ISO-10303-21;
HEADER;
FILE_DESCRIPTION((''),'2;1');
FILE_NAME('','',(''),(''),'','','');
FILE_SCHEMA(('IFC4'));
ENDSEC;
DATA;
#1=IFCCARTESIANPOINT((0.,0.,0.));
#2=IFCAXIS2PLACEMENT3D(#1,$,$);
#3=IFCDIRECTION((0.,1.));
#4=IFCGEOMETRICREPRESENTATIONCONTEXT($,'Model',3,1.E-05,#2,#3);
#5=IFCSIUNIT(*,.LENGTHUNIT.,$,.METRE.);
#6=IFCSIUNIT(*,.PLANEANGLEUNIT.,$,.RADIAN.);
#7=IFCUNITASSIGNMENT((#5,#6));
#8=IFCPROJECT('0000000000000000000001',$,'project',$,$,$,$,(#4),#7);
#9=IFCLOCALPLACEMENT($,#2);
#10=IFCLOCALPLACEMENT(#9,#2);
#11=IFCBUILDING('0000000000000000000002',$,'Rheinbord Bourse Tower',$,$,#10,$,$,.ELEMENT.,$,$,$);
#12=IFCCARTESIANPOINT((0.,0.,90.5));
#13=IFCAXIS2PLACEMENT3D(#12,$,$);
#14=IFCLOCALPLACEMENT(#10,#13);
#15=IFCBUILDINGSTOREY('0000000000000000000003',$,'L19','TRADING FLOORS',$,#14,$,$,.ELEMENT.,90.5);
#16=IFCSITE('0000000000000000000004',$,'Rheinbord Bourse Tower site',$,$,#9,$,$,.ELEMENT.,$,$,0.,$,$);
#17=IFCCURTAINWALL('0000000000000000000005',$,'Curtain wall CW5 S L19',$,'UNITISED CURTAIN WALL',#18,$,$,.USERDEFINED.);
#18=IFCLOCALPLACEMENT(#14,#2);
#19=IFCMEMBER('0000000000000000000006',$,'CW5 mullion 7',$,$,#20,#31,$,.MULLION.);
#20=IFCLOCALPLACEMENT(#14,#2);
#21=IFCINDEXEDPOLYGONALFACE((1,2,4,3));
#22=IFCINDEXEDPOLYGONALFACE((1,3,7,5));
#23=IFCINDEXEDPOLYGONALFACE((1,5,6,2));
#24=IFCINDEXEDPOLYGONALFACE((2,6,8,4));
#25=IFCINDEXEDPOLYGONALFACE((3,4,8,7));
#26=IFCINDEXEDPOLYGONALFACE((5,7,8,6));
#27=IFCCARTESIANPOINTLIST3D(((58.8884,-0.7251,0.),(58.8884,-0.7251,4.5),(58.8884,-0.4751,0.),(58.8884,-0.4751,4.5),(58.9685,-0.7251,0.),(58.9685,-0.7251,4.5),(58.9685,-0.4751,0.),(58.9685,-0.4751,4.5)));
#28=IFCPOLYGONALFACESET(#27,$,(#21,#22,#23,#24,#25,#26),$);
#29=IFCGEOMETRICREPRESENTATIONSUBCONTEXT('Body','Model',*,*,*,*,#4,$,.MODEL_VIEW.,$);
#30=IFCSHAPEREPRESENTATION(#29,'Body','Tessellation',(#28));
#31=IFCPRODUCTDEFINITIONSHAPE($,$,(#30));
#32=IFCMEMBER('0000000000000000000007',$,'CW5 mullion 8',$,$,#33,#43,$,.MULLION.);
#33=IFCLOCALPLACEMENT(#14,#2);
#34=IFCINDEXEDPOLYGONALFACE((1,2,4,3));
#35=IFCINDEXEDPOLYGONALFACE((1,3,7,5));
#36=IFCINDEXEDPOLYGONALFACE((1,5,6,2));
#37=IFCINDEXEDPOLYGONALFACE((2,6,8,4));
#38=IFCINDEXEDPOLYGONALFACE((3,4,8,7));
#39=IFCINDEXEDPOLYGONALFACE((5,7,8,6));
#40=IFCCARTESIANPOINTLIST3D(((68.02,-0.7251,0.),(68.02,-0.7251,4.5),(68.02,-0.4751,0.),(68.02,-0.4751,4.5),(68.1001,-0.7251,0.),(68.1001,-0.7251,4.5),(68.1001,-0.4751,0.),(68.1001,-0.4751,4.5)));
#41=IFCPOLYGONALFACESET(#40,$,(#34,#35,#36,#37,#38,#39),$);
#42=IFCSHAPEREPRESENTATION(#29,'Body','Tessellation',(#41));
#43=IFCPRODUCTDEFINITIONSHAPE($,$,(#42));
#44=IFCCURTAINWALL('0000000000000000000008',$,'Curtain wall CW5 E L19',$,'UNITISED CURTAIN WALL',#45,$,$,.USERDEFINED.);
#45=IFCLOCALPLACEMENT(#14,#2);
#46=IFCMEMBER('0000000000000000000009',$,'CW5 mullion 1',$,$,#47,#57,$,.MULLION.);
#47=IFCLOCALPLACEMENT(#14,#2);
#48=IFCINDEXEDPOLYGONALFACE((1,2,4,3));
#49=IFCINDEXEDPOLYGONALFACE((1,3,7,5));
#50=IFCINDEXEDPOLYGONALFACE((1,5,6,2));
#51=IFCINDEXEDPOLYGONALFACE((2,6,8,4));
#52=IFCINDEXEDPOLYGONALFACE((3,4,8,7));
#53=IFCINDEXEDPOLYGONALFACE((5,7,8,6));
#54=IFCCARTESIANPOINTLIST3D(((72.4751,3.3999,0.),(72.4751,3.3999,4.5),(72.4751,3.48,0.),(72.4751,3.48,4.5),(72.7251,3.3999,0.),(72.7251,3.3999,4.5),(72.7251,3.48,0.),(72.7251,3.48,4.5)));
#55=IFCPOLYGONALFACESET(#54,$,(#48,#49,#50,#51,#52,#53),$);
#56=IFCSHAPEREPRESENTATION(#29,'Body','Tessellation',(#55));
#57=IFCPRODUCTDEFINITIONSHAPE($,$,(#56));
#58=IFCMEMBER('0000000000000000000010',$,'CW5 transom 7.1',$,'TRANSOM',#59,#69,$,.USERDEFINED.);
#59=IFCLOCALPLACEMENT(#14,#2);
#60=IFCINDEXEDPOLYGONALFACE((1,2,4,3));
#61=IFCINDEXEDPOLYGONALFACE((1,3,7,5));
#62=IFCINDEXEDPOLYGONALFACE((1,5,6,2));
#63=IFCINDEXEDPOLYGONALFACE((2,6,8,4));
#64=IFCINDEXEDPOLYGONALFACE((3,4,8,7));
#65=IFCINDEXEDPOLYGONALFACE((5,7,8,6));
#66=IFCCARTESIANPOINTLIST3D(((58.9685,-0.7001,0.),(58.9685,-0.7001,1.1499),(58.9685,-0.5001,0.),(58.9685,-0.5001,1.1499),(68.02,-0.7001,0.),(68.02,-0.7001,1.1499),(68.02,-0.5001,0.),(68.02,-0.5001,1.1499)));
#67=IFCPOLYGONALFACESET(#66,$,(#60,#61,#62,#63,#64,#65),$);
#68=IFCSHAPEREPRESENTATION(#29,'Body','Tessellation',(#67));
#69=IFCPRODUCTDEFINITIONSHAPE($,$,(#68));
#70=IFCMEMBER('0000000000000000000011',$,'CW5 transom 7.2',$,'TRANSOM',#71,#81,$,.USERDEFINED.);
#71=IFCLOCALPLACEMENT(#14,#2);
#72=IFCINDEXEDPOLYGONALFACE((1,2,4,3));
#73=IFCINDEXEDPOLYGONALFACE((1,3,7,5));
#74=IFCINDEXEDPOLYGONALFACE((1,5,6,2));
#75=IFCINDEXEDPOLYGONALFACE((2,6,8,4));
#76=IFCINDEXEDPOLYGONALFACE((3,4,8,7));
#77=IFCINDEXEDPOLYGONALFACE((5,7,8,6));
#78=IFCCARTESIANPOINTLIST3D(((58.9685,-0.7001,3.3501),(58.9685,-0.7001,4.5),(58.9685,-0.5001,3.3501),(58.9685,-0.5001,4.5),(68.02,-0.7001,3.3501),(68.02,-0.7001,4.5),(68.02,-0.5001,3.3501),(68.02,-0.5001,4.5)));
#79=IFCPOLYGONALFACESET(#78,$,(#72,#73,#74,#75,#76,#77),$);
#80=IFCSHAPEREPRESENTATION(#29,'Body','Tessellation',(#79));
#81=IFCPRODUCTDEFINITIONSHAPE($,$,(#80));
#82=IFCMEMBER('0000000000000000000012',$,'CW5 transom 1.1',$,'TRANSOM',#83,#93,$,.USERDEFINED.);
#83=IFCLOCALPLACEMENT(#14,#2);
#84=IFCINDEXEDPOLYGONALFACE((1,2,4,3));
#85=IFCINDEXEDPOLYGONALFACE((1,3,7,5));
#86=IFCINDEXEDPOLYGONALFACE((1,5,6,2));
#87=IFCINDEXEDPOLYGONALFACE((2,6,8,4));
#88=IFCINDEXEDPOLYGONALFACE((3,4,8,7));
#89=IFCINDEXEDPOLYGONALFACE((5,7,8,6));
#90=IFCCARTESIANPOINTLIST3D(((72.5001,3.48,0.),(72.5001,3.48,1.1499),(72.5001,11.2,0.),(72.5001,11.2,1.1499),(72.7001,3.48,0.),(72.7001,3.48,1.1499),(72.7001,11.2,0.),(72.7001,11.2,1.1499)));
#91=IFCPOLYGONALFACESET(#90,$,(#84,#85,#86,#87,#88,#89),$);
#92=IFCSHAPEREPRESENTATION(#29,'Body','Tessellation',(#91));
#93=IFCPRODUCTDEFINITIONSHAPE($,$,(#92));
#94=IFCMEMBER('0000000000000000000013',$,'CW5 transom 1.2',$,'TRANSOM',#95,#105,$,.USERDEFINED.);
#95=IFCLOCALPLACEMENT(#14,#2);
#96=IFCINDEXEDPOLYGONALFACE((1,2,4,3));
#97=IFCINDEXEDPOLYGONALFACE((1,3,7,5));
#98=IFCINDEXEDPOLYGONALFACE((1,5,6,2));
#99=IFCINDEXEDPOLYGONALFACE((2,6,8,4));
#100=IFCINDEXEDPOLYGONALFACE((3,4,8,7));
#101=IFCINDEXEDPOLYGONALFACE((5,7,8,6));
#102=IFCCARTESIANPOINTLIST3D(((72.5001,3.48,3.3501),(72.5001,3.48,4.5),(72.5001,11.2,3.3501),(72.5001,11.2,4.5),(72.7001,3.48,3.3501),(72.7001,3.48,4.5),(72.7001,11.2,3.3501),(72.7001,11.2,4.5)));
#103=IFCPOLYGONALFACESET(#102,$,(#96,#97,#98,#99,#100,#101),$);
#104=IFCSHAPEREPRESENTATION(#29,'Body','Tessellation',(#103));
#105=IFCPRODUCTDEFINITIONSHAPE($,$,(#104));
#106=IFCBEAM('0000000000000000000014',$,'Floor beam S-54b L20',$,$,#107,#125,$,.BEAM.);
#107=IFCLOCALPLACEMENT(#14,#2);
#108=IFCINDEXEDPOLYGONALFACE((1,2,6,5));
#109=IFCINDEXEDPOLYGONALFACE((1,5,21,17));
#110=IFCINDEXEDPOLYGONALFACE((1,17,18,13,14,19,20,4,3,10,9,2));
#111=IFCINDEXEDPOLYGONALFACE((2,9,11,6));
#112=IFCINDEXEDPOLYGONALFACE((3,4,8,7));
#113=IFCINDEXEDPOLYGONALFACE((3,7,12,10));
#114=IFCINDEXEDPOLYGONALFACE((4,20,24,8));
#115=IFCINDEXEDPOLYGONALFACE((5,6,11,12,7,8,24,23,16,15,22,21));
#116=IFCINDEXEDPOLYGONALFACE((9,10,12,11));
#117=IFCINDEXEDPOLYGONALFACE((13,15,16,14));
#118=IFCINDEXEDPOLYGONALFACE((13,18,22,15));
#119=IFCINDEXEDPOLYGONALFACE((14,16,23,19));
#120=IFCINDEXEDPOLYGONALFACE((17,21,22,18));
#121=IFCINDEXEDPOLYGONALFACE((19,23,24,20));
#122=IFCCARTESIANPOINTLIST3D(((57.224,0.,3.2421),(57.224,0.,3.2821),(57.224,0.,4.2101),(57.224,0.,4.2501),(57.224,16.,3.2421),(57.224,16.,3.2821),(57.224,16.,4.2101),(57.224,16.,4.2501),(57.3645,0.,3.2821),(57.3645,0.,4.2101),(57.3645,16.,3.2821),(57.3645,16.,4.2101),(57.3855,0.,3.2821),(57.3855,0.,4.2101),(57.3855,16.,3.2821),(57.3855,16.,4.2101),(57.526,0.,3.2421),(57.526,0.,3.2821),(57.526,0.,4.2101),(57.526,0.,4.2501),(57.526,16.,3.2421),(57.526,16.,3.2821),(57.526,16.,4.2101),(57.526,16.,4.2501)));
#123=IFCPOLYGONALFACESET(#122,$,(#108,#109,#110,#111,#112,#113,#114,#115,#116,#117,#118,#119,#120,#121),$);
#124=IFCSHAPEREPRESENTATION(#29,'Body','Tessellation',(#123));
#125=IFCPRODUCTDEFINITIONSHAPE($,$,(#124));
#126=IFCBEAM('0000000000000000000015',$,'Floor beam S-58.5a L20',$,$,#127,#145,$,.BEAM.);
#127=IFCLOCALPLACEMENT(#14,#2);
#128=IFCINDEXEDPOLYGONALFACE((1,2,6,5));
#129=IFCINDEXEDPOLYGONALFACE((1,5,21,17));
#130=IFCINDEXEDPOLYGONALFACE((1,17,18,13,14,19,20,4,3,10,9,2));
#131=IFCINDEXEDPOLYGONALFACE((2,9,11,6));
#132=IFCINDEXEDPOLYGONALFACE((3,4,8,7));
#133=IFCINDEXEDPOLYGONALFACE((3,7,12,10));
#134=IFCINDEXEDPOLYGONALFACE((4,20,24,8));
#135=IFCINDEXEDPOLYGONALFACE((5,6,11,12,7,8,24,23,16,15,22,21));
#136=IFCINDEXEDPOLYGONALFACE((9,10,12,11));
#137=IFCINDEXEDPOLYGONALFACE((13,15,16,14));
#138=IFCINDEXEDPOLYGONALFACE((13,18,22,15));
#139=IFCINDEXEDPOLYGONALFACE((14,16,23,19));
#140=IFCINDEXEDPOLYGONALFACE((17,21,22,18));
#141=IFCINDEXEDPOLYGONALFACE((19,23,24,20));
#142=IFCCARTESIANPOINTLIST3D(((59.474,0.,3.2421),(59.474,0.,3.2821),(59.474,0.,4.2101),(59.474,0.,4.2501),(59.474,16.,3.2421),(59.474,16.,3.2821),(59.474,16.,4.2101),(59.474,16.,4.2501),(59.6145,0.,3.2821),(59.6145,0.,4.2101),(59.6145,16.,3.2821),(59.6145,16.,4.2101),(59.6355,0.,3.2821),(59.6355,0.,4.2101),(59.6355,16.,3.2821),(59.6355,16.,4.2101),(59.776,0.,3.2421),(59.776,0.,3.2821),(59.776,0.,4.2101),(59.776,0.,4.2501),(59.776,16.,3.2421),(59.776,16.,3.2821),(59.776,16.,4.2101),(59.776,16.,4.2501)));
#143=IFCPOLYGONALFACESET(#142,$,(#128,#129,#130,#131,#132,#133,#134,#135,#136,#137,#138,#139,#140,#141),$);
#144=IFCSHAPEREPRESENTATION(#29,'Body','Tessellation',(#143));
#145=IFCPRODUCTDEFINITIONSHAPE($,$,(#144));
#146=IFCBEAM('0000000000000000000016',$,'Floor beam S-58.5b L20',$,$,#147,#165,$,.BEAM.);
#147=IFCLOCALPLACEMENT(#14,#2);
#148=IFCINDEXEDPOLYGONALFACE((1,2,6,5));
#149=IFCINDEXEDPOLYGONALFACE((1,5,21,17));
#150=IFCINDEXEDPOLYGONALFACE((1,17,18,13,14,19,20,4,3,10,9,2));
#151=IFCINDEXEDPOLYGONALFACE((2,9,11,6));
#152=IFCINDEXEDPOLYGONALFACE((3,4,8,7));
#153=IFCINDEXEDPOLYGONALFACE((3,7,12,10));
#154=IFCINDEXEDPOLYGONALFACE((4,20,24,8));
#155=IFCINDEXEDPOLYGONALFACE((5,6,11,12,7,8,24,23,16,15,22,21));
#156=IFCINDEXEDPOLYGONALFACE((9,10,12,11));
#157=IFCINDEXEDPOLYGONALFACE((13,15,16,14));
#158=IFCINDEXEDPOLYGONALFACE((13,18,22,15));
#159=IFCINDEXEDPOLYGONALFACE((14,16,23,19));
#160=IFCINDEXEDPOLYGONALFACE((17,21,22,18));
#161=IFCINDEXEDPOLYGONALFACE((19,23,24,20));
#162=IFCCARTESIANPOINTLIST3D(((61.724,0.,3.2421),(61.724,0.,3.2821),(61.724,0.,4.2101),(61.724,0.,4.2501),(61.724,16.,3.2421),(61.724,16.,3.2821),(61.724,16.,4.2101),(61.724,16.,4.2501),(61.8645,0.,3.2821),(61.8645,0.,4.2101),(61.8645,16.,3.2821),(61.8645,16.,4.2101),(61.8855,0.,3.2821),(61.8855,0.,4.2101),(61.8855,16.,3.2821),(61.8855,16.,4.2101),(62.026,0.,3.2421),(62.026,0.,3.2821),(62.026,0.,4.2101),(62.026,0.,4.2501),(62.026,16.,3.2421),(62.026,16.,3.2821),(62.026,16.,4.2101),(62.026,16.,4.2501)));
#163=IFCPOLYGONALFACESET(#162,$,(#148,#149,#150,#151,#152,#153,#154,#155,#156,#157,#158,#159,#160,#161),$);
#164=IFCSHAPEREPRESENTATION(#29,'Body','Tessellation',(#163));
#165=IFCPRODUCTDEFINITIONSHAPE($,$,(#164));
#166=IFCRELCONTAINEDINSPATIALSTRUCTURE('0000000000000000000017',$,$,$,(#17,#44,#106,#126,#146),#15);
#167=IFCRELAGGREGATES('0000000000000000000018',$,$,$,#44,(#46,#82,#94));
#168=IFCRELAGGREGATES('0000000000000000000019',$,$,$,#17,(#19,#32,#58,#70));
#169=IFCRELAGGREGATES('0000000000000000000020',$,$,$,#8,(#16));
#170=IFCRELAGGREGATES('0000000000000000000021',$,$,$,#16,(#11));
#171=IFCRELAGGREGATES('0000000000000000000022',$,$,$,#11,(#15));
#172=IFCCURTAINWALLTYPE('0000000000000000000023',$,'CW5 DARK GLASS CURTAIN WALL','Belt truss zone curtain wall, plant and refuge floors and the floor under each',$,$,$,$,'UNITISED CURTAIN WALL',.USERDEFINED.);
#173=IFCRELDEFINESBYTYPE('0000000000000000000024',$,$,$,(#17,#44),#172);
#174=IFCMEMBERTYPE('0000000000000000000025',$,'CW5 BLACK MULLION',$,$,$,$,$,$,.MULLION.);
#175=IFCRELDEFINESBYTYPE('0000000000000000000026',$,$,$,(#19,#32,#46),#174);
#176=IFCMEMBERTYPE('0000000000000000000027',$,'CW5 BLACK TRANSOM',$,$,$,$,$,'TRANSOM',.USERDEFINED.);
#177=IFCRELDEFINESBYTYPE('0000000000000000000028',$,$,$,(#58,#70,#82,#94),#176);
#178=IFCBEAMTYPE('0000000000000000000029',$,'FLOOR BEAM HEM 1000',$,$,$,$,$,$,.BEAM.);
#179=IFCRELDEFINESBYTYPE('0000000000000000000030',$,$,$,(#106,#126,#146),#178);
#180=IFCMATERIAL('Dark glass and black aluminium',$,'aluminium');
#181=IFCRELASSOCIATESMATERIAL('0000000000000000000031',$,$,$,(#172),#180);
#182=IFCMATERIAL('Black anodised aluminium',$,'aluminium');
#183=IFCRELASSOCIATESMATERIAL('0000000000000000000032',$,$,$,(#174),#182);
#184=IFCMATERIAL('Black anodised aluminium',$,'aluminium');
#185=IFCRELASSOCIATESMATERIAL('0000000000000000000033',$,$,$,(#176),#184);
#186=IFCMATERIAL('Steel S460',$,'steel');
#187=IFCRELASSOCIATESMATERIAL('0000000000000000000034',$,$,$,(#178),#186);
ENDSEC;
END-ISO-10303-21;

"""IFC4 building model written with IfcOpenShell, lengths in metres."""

from ifc_helpers import new_model, si_unit, direction, frame, origin, origin_2d, place, context, subcontext, project, spatial, rectangle, i_section, extrude, material, material_profile, profile_set, type_object, element, aggregate, save


model = new_model("IFC4")

# Units and contexts
model_context = context("Model", 3, precision=1e-05, world=origin(), true_north=direction((0.0, 1.0)))
body_context = subcontext(model_context, "Body", "Model", "MODEL_VIEW")
ifc_project = project(units=[si_unit("LENGTHUNIT", "METRE"), si_unit("PLANEANGLEUNIT", "RADIAN")], contexts=[model_context])

# Site, building, storey
site_placement = place(None, origin())
site = spatial("IfcSite", under=ifc_project, at=site_placement, Name="Rheinbord Bourse Tower site", CompositionType="ELEMENT", RefElevation=0.0)
building_placement = place(site_placement, origin())
building = spatial("IfcBuilding", under=site, at=building_placement, Name="Rheinbord Bourse Tower", CompositionType="ELEMENT")
storey_placement = place(building_placement, frame((0.0, 0.0, 90.5)))
storey = spatial("IfcBuildingStorey", under=building, at=storey_placement, Name="L19", Description="TRADING FLOORS", CompositionType="ELEMENT", Elevation=90.5)

# Curtain wall, members
ifc_material_1 = material(Name="Dark glass and black aluminium", Category="aluminium")
curtain_wall_type = type_object("IfcCurtainWallType", Name="CW5 DARK GLASS CURTAIN WALL", Description="Belt truss zone curtain wall, plant and refuge floors and the floor under each", ElementType="UNITISED CURTAIN WALL", PredefinedType="USERDEFINED", material=ifc_material_1)
curtain_wall_1_placement = place(storey_placement, origin())
curtain_wall_1 = element("IfcCurtainWall", 1, at=curtain_wall_1_placement, inside=storey, type_object=curtain_wall_type, Name="Curtain wall CW5 S L19", ObjectType="UNITISED CURTAIN WALL", PredefinedType="USERDEFINED")
ifc_material_2 = material(Name="Black anodised aluminium", Category="aluminium")
ifc_material_profile_1 = material_profile(ifc_material_2, rectangle(XDim=0.25, YDim=0.0801, at=origin_2d()), Name="CW5 MULLION 80x250")
ifc_profile_set_1 = profile_set([ifc_material_profile_1], Name="Black anodised aluminium")
member_type_1 = type_object("IfcMemberType", Name="CW5 BLACK MULLION", PredefinedType="MULLION", material=ifc_profile_set_1)
member_1_placement = place(storey_placement, frame((58.9285, -0.6001, 0.0), z_axis=(0.0, 0.0, 1.0), x_axis=(0.0, 1.0, 0.0)))
member_1 = element("IfcMember", 2, at=member_1_placement, type_object=member_type_1, Name="CW5 mullion 7", PredefinedType="MULLION", context=body_context, shape_type="SweptSolid", body=[
    extrude(rectangle(XDim=0.25, YDim=0.0801, at=origin_2d()), origin(), (0.0, 0.0, 1.0), 4.5),
])
member_2_placement = place(storey_placement, frame((68.0601, -0.6001, 0.0), z_axis=(0.0, 0.0, 1.0), x_axis=(0.0, 1.0, 0.0)))
member_2 = element("IfcMember", 3, at=member_2_placement, type_object=member_type_1, Name="CW5 mullion 8", PredefinedType="MULLION", context=body_context, shape_type="SweptSolid", body=[
    extrude(rectangle(XDim=0.25, YDim=0.0801, at=origin_2d()), origin(), (0.0, 0.0, 1.0), 4.5),
])

# Curtain wall, member
curtain_wall_2_placement = place(storey_placement, origin())
curtain_wall_2 = element("IfcCurtainWall", 4, at=curtain_wall_2_placement, inside=storey, type_object=curtain_wall_type, Name="Curtain wall CW5 E L19", ObjectType="UNITISED CURTAIN WALL", PredefinedType="USERDEFINED")
member_3_placement = place(storey_placement, frame((72.6001, 3.4399, 0.0), z_axis=(0.0, 0.0, 1.0), x_axis=(-1.0, 0.0, 0.0)))
member_3 = element("IfcMember", 5, at=member_3_placement, type_object=member_type_1, Name="CW5 mullion 1", PredefinedType="MULLION", context=body_context, shape_type="SweptSolid", body=[
    extrude(rectangle(XDim=0.25, YDim=0.0801, at=origin_2d()), origin(), (0.0, 0.0, 1.0), 4.5),
])

# Members
ifc_material_3 = material(Name="Black anodised aluminium", Category="aluminium")
ifc_material_profile_2 = material_profile(ifc_material_3, rectangle(XDim=0.2, YDim=1.1499, at=origin_2d()), Name="CW5 TRANSOM 1150x200")
ifc_profile_set_2 = profile_set([ifc_material_profile_2], Name="Black anodised aluminium")
member_type_2 = type_object("IfcMemberType", Name="CW5 BLACK TRANSOM", ElementType="TRANSOM", PredefinedType="USERDEFINED", material=ifc_profile_set_2)
member_4_placement = place(storey_placement, frame((58.9685, -0.6001, 0.575), z_axis=(1.0, 0.0, 0.0), x_axis=(0.0, 1.0, 0.0)))
member_4 = element("IfcMember", 6, at=member_4_placement, type_object=member_type_2, Name="CW5 transom 7.1", ObjectType="TRANSOM", PredefinedType="USERDEFINED", context=body_context, shape_type="SweptSolid", body=[
    extrude(rectangle(XDim=0.2, YDim=1.1499, at=origin_2d()), origin(), (0.0, 0.0, 1.0), 9.0515),
])
member_5_placement = place(storey_placement, frame((58.9685, -0.6001, 3.925), z_axis=(1.0, 0.0, 0.0), x_axis=(0.0, 1.0, 0.0)))
member_5 = element("IfcMember", 7, at=member_5_placement, type_object=member_type_2, Name="CW5 transom 7.2", ObjectType="TRANSOM", PredefinedType="USERDEFINED", context=body_context, shape_type="SweptSolid", body=[
    extrude(rectangle(XDim=0.2, YDim=1.1499, at=origin_2d()), origin(), (0.0, 0.0, 1.0), 9.0515),
])
member_6_placement = place(storey_placement, frame((72.6001, 3.48, 0.575), z_axis=(0.0, 1.0, 0.0), x_axis=(-1.0, 0.0, 0.0)))
member_6 = element("IfcMember", 8, at=member_6_placement, type_object=member_type_2, Name="CW5 transom 1.1", ObjectType="TRANSOM", PredefinedType="USERDEFINED", context=body_context, shape_type="SweptSolid", body=[
    extrude(rectangle(XDim=0.2, YDim=1.1499, at=origin_2d()), origin(), (0.0, 0.0, 1.0), 7.72),
])
member_7_placement = place(storey_placement, frame((72.6001, 3.48, 3.925), z_axis=(0.0, 1.0, 0.0), x_axis=(-1.0, 0.0, 0.0)))
member_7 = element("IfcMember", 9, at=member_7_placement, type_object=member_type_2, Name="CW5 transom 1.2", ObjectType="TRANSOM", PredefinedType="USERDEFINED", context=body_context, shape_type="SweptSolid", body=[
    extrude(rectangle(XDim=0.2, YDim=1.1499, at=origin_2d()), origin(), (0.0, 0.0, 1.0), 7.72),
])
aggregate(curtain_wall_2, [member_3, member_6, member_7])

# Beams
ifc_material_4 = material(Name="Steel S460", Category="steel")
ifc_material_profile_3 = material_profile(ifc_material_4, i_section(OverallWidth=0.302, OverallDepth=1.0081, WebThickness=0.021, FlangeThickness=0.04, at=origin_2d()), Name="HEM 1000")
ifc_profile_set_3 = profile_set([ifc_material_profile_3], Name="Steel S460")
beam_type_1 = type_object("IfcBeamType", Name="FLOOR BEAM HEM 1000", PredefinedType="BEAM", material=ifc_profile_set_3)
for number, where, z_axis, x_axis, name in (
    (10, (57.375, 0.0, 3.7461), (0.0, 1.0, 0.0), (-1.0, 0.0, 0.0), "Floor beam S-54b L20"),
    (11, (59.625, 0.0, 3.7461), (0.0, 1.0, 0.0), (-1.0, 0.0, 0.0), "Floor beam S-58.5a L20"),
    (12, (61.875, 0.0, 3.7461), (0.0, 1.0, 0.0), (-1.0, 0.0, 0.0), "Floor beam S-58.5b L20"),
):
    element("IfcBeam", number, at=place(storey_placement, frame(where, z_axis=z_axis, x_axis=x_axis)), inside=storey, type_object=beam_type_1, Name=name, PredefinedType="BEAM", context=body_context, shape_type="SweptSolid", body=[
        extrude(i_section(OverallWidth=0.302, OverallDepth=1.0081, WebThickness=0.021, FlangeThickness=0.04, at=origin_2d()), origin(), (0.0, 0.0, 1.0), 16.0),
    ])

aggregate(curtain_wall_1, [member_1, member_2, member_4, member_5])

save(model, "model.ifc")
